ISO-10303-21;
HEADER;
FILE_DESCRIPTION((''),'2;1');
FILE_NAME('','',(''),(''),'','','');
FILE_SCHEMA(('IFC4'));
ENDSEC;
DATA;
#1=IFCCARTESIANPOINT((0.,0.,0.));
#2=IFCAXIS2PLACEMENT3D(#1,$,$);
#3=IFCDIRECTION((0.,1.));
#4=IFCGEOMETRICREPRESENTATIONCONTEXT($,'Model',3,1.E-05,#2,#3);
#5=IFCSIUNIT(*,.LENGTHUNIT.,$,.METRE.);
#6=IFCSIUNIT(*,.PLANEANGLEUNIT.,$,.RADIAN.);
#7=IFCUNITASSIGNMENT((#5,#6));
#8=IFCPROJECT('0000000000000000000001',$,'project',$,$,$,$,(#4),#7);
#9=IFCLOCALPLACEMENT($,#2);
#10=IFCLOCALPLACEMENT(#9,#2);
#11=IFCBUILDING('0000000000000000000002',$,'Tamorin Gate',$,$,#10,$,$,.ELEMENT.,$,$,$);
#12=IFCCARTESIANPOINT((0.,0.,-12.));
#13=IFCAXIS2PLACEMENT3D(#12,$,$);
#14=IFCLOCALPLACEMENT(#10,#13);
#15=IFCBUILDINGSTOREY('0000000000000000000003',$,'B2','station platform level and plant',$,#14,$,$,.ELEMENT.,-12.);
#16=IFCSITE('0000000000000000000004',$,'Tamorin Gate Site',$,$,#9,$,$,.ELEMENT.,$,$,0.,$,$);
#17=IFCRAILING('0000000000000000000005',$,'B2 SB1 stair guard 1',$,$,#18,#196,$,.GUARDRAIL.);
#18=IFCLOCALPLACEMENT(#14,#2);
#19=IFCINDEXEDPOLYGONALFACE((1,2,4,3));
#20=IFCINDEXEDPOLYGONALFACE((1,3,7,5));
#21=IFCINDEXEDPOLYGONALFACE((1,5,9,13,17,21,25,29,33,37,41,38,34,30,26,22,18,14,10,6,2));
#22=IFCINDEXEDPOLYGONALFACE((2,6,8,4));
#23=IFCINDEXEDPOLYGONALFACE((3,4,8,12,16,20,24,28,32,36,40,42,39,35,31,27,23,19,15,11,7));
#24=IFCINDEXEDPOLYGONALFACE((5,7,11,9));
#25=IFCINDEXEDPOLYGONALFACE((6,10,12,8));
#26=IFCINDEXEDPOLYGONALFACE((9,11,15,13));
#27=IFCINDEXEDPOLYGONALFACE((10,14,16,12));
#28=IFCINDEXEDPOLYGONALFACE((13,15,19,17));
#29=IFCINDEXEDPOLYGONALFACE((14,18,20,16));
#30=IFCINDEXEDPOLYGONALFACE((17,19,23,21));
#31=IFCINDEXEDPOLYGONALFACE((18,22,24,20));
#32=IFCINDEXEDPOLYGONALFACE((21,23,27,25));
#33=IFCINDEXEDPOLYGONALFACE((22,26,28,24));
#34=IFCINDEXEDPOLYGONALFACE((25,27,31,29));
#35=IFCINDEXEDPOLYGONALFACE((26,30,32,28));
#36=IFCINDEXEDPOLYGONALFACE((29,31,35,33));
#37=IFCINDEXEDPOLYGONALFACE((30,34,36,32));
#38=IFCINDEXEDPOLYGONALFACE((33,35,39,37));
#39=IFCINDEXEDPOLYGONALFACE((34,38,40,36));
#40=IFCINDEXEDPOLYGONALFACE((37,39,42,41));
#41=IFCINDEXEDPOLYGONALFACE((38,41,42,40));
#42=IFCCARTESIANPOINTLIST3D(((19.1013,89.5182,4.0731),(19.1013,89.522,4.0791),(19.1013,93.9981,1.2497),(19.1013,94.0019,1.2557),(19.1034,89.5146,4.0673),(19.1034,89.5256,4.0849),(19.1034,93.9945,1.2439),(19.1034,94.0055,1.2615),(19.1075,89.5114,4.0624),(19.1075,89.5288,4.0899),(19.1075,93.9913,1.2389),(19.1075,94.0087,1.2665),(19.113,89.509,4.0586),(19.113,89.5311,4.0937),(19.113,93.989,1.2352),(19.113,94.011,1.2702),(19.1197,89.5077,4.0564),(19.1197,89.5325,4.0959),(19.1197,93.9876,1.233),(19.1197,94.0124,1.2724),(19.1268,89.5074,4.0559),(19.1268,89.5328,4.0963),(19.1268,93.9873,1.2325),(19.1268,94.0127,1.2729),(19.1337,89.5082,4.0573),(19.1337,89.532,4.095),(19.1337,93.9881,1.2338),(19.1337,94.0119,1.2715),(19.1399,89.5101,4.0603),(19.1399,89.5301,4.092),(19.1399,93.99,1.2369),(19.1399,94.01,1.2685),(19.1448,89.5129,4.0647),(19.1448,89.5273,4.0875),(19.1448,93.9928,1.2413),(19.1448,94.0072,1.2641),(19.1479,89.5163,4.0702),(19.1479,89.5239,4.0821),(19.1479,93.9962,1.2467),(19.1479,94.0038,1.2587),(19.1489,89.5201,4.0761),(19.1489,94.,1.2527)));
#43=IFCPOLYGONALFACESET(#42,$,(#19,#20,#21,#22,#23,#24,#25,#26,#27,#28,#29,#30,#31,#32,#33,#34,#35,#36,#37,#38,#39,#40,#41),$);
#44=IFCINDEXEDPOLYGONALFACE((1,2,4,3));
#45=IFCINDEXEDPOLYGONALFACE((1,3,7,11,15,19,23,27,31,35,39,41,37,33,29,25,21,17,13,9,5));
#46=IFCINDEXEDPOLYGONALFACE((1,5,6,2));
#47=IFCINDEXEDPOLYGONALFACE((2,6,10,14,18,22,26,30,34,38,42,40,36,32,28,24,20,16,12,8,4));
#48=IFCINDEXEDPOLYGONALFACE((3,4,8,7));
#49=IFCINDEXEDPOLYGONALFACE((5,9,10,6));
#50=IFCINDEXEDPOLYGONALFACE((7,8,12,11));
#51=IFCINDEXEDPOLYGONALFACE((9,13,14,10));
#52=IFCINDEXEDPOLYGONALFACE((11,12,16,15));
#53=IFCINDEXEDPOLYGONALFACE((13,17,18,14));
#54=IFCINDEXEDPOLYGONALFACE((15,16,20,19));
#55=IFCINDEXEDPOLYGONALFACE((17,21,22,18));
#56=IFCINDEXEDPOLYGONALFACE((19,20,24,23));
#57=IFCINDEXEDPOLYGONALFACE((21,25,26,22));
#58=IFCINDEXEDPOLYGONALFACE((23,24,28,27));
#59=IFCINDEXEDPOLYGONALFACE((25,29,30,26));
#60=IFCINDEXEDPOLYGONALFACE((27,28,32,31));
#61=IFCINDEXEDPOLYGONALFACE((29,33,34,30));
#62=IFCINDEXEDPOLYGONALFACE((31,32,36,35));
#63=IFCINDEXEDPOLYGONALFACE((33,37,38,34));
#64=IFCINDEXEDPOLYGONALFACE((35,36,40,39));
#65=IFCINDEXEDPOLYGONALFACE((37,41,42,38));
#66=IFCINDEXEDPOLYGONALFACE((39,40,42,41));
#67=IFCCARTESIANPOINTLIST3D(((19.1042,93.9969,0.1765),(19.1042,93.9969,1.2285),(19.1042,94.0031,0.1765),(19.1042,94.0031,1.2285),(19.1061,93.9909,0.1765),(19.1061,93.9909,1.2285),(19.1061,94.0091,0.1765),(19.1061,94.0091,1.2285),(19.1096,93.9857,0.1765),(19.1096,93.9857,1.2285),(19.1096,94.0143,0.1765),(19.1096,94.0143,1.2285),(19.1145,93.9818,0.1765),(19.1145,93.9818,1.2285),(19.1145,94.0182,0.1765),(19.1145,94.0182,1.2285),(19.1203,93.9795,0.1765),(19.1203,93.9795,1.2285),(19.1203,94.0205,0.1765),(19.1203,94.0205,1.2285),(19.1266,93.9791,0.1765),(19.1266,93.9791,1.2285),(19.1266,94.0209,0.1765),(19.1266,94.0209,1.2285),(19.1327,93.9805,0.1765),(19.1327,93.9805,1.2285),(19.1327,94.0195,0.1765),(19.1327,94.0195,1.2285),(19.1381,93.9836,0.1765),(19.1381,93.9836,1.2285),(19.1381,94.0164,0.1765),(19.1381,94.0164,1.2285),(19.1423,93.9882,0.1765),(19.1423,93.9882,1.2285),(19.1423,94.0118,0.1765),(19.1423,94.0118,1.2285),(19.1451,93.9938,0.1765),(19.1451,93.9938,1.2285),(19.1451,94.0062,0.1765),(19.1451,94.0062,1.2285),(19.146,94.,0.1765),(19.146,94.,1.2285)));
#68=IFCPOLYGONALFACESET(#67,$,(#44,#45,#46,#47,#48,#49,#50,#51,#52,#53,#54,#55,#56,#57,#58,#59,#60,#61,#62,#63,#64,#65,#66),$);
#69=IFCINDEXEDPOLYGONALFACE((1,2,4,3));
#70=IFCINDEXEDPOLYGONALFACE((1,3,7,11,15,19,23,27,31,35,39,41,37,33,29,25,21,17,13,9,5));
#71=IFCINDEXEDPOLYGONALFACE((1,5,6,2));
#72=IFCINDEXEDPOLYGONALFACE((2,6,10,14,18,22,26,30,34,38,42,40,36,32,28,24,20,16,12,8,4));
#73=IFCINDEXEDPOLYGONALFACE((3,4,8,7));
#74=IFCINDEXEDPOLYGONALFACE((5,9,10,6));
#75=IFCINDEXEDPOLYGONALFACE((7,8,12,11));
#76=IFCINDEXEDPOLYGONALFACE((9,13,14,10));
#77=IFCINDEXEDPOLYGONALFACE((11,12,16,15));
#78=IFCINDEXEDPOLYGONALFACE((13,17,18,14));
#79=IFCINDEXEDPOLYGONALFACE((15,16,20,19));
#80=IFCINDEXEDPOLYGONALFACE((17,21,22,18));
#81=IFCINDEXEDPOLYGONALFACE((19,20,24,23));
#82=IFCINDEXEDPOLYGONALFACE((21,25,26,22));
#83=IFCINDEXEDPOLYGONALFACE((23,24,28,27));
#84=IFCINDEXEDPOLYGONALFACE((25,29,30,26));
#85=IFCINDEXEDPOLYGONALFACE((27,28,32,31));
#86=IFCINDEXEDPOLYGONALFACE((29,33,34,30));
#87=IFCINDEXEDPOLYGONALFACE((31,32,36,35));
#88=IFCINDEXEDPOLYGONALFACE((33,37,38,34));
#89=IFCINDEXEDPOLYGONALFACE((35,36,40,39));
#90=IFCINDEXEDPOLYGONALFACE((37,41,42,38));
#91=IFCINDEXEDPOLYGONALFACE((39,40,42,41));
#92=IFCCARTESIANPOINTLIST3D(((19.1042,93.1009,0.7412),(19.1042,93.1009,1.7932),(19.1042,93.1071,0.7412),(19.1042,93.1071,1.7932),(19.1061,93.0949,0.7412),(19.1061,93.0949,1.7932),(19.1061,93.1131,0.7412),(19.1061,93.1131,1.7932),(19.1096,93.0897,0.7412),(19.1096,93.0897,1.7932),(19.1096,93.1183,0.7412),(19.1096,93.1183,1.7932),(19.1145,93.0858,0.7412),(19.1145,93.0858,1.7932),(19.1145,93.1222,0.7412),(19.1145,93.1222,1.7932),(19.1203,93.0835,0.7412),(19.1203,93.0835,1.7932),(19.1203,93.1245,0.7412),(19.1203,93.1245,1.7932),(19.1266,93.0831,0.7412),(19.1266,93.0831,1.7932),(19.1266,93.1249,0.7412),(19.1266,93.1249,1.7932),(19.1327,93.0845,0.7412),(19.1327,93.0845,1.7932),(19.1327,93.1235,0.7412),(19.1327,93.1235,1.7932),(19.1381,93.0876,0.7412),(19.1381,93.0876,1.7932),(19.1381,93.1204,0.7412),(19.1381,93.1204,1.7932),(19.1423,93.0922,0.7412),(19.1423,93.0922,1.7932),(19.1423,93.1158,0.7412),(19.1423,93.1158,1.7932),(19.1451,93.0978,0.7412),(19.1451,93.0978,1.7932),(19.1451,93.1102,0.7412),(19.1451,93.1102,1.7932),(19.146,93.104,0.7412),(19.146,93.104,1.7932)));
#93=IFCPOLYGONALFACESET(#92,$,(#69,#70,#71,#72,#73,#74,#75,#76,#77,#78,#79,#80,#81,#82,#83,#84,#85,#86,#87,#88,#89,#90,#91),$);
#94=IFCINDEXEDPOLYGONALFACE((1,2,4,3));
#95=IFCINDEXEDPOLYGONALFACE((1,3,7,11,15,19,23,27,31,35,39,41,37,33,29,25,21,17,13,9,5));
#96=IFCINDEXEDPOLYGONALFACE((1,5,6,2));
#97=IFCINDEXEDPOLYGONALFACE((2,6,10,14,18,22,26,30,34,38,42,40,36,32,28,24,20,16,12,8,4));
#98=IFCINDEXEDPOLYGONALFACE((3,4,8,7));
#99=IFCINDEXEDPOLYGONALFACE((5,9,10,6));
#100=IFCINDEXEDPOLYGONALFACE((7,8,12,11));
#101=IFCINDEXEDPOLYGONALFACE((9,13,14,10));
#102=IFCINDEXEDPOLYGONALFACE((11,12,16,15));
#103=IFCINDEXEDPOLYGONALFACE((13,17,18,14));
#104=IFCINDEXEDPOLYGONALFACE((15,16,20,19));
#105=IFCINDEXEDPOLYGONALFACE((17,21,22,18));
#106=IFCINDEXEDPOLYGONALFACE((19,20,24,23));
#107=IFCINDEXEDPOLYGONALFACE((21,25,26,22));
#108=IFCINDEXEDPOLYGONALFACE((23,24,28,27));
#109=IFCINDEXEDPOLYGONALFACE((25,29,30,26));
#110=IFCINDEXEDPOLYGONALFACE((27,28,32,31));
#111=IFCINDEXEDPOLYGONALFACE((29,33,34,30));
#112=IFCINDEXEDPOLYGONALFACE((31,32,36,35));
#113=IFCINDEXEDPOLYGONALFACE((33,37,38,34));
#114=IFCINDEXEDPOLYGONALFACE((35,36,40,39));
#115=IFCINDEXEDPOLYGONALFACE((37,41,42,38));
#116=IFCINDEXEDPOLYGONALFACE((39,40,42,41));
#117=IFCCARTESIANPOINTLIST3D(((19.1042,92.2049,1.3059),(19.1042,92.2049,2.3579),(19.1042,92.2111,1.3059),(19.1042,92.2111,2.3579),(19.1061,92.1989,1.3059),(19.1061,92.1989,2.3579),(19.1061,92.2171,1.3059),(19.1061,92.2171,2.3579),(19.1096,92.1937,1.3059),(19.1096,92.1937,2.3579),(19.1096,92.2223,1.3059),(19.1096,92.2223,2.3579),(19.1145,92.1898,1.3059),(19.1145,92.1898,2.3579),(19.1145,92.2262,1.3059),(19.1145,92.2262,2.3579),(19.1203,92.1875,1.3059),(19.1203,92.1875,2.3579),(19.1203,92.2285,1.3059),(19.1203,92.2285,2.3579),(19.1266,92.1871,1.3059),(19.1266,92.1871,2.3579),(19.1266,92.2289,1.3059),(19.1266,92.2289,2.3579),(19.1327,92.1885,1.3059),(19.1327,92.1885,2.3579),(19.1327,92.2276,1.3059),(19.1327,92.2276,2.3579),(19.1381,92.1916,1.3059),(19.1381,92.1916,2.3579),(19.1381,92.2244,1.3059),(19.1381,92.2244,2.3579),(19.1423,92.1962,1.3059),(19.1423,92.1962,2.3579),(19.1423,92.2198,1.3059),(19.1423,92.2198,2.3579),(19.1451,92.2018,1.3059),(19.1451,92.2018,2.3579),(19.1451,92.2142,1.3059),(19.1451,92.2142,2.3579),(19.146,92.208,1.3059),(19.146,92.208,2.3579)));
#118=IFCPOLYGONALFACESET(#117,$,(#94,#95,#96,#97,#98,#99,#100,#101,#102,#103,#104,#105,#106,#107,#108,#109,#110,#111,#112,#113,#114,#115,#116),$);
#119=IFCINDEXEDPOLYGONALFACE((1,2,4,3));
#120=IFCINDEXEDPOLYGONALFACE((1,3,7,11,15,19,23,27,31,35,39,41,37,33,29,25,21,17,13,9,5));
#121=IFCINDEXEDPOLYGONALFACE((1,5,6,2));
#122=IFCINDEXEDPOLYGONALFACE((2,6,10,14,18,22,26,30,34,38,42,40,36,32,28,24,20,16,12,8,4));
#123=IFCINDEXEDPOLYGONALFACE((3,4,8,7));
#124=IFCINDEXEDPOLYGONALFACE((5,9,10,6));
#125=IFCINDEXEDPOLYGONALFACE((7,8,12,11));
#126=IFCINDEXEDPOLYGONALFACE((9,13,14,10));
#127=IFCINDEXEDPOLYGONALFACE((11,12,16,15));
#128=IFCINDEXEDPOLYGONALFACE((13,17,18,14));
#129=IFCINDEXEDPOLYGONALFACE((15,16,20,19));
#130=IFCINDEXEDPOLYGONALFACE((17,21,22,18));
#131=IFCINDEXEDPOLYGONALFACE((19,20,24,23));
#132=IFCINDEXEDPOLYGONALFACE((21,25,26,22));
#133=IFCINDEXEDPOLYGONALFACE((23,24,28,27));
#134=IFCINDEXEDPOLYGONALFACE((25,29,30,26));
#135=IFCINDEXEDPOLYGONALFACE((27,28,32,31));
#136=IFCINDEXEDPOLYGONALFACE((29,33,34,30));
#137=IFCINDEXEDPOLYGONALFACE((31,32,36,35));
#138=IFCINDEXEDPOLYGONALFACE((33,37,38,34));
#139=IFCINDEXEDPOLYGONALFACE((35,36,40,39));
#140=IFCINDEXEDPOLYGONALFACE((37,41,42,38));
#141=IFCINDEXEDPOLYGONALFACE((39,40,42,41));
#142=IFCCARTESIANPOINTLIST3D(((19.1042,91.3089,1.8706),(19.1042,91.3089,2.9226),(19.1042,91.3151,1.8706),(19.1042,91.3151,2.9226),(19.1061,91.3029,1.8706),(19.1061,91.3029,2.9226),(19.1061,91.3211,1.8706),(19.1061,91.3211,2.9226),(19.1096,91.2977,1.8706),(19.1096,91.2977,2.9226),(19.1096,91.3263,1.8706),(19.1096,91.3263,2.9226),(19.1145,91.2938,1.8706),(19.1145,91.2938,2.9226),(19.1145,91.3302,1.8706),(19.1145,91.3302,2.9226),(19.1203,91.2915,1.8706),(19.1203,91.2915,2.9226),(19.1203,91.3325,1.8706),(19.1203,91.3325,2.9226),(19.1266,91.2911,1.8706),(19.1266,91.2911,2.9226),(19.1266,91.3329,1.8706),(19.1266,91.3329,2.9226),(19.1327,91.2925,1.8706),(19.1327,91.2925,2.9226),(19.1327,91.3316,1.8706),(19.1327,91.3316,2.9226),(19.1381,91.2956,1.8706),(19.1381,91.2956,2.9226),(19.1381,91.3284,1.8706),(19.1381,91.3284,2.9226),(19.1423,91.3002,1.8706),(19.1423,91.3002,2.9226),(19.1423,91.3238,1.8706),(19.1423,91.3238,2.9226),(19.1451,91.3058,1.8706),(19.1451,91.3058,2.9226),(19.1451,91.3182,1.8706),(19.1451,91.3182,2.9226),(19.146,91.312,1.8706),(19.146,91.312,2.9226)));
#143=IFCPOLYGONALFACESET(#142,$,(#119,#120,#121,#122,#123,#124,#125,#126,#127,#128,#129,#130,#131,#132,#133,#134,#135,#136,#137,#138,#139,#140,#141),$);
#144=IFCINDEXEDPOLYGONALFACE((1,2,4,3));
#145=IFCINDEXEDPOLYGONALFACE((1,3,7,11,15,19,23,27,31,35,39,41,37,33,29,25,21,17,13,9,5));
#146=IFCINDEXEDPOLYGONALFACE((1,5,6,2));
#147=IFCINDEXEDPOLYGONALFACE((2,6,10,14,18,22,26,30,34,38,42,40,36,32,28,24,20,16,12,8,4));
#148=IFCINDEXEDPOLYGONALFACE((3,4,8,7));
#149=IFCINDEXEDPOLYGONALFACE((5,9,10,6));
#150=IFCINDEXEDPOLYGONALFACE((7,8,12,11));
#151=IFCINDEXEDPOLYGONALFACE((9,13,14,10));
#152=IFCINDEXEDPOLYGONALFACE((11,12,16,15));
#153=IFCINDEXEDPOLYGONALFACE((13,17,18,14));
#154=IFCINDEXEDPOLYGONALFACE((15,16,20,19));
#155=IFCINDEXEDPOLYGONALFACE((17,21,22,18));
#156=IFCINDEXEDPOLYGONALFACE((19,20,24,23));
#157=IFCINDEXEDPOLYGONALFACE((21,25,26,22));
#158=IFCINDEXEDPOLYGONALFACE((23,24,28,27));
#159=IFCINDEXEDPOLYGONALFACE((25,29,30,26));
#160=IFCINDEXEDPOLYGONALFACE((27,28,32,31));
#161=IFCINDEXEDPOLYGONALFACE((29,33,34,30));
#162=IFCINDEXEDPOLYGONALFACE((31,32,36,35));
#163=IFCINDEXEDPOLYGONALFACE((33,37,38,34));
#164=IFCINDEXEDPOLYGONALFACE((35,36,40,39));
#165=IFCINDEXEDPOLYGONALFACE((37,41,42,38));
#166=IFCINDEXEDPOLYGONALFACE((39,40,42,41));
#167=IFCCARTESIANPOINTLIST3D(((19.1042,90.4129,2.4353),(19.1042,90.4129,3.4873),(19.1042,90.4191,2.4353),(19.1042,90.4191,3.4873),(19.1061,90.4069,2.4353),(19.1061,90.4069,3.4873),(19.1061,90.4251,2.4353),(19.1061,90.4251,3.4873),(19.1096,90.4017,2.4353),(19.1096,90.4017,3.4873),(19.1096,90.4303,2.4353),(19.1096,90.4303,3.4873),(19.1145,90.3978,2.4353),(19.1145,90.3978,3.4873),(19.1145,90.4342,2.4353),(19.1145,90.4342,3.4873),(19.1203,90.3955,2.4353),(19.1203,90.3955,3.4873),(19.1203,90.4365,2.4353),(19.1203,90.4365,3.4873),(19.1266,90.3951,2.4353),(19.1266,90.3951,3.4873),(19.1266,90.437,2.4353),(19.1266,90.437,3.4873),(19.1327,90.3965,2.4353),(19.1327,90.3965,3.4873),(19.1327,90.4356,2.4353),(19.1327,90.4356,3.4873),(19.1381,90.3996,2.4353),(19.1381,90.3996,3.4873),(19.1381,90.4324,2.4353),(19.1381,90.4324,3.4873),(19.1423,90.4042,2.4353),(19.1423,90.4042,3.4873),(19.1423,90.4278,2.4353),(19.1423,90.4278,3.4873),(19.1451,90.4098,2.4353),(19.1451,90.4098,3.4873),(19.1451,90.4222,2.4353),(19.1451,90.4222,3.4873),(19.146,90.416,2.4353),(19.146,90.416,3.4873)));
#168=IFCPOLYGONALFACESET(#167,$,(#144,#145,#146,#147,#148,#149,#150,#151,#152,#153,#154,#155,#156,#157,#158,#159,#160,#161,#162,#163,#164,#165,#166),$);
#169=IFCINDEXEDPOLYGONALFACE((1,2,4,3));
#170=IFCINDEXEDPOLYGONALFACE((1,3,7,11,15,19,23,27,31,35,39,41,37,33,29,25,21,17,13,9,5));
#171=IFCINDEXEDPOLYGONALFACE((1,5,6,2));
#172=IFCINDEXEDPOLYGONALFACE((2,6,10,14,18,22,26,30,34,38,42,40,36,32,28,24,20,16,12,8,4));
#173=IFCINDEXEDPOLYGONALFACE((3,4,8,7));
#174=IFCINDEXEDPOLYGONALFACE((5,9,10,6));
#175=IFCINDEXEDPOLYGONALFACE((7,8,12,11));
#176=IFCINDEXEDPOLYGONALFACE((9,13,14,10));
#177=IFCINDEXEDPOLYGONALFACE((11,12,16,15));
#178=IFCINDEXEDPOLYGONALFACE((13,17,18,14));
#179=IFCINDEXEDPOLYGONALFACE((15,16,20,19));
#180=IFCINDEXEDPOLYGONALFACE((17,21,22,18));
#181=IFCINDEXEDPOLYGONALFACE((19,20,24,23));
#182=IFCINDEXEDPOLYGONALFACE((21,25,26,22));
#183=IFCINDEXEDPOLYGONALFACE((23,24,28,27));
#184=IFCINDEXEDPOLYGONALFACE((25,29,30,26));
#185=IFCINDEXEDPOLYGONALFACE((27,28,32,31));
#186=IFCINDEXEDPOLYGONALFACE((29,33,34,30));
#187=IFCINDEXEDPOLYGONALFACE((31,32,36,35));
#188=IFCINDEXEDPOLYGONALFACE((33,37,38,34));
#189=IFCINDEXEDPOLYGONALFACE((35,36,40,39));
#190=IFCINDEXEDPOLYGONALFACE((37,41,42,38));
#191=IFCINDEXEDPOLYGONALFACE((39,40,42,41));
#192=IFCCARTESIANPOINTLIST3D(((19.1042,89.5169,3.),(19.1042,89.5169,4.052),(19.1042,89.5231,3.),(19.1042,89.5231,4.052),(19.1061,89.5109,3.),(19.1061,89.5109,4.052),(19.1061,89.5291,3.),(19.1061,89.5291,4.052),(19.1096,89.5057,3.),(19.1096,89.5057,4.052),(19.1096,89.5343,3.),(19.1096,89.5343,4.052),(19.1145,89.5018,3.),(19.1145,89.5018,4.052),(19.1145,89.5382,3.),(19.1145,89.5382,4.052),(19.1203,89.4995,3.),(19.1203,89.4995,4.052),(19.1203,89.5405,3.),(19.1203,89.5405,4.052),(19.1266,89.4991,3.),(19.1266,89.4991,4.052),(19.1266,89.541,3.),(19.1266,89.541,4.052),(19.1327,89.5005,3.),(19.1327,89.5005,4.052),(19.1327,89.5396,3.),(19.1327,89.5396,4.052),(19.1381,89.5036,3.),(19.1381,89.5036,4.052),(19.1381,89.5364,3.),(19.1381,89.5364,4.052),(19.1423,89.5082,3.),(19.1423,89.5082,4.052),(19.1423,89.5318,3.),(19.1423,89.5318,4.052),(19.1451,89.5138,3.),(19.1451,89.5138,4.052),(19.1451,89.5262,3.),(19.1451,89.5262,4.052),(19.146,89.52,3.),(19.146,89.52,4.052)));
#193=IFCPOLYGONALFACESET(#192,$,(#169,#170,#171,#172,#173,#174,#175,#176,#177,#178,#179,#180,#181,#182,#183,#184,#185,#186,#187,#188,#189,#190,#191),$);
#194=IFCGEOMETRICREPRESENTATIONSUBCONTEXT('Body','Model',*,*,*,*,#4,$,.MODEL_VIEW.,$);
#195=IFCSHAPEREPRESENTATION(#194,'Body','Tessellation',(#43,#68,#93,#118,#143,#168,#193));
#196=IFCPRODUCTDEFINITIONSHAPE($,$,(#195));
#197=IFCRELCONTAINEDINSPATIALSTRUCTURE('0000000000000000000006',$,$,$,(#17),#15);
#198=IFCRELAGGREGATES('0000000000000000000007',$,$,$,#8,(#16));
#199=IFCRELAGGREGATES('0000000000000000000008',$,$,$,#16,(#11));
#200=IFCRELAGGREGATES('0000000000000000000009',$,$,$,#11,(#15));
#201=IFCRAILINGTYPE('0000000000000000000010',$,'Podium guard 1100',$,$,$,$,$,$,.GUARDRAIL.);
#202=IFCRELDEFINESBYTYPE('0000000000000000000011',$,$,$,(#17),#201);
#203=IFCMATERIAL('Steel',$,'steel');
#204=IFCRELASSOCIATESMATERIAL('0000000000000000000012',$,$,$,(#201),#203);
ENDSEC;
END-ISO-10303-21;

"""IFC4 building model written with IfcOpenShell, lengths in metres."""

from ifc_helpers import new_model, si_unit, direction, frame, origin, origin_2d, place, context, subcontext, project, spatial, circle, extrude, material, type_object, element, save


model = new_model("IFC4")

# Units and contexts
model_context = context("Model", 3, precision=1e-05, world=origin(), true_north=direction((0.0, 1.0)))
body_context = subcontext(model_context, "Body", "Model", "MODEL_VIEW")
ifc_project = project(units=[si_unit("LENGTHUNIT", "METRE"), si_unit("PLANEANGLEUNIT", "RADIAN")], contexts=[model_context])

# Site, building, storey
site_placement = place(None, origin())
site = spatial("IfcSite", under=ifc_project, at=site_placement, Name="Tamorin Gate Site", CompositionType="ELEMENT", RefElevation=0.0)
building_placement = place(site_placement, origin())
building = spatial("IfcBuilding", under=site, at=building_placement, Name="Tamorin Gate", CompositionType="ELEMENT")
storey_placement = place(building_placement, frame((0.0, 0.0, -12.0)))
storey = spatial("IfcBuildingStorey", under=building, at=storey_placement, Name="B2", Description="station platform level and plant", CompositionType="ELEMENT", Elevation=-12.0)

# Railing
ifc_material_1 = material(Name="Steel", Category="steel")
railing_type_1 = type_object("IfcRailingType", Name="Podium guard 1100", PredefinedType="GUARDRAIL", material=ifc_material_1)
railing_1_placement = place(storey_placement, frame((19.125, 94.0, 0.1765)))
element("IfcRailing", 1, at=railing_1_placement, inside=storey, type_object=railing_type_1, Name="B2 SB1 stair guard 1", PredefinedType="GUARDRAIL", context=body_context, shape_type="SweptSolid", body=[
    extrude(circle(Radius=0.0239, at=origin_2d()), frame((0.0, 0.0, 1.0762), z_axis=(0.0, -0.845998, 0.533186), x_axis=(1.0, 0.0, 0.0)), (0.0, 0.0, 1.0), 5.2954),
    extrude(circle(Radius=0.021, at=origin_2d()), origin(), (0.0, 0.0, 1.0), 1.052),
    extrude(circle(Radius=0.021, at=origin_2d()), frame((0.0, -0.896, 0.5647)), (0.0, 0.0, 1.0), 1.052),
    extrude(circle(Radius=0.021, at=origin_2d()), frame((0.0, -1.792, 1.1294)), (0.0, 0.0, 1.0), 1.052),
    extrude(circle(Radius=0.021, at=origin_2d()), frame((0.0, -2.688, 1.6941)), (0.0, 0.0, 1.0), 1.052),
    extrude(circle(Radius=0.021, at=origin_2d()), frame((0.0, -3.584, 2.2588)), (0.0, 0.0, 1.0), 1.052),
    extrude(circle(Radius=0.021, at=origin_2d()), frame((0.0, -4.48, 2.8235)), (0.0, 0.0, 1.0), 1.052),
])

save(model, "model.ifc")
